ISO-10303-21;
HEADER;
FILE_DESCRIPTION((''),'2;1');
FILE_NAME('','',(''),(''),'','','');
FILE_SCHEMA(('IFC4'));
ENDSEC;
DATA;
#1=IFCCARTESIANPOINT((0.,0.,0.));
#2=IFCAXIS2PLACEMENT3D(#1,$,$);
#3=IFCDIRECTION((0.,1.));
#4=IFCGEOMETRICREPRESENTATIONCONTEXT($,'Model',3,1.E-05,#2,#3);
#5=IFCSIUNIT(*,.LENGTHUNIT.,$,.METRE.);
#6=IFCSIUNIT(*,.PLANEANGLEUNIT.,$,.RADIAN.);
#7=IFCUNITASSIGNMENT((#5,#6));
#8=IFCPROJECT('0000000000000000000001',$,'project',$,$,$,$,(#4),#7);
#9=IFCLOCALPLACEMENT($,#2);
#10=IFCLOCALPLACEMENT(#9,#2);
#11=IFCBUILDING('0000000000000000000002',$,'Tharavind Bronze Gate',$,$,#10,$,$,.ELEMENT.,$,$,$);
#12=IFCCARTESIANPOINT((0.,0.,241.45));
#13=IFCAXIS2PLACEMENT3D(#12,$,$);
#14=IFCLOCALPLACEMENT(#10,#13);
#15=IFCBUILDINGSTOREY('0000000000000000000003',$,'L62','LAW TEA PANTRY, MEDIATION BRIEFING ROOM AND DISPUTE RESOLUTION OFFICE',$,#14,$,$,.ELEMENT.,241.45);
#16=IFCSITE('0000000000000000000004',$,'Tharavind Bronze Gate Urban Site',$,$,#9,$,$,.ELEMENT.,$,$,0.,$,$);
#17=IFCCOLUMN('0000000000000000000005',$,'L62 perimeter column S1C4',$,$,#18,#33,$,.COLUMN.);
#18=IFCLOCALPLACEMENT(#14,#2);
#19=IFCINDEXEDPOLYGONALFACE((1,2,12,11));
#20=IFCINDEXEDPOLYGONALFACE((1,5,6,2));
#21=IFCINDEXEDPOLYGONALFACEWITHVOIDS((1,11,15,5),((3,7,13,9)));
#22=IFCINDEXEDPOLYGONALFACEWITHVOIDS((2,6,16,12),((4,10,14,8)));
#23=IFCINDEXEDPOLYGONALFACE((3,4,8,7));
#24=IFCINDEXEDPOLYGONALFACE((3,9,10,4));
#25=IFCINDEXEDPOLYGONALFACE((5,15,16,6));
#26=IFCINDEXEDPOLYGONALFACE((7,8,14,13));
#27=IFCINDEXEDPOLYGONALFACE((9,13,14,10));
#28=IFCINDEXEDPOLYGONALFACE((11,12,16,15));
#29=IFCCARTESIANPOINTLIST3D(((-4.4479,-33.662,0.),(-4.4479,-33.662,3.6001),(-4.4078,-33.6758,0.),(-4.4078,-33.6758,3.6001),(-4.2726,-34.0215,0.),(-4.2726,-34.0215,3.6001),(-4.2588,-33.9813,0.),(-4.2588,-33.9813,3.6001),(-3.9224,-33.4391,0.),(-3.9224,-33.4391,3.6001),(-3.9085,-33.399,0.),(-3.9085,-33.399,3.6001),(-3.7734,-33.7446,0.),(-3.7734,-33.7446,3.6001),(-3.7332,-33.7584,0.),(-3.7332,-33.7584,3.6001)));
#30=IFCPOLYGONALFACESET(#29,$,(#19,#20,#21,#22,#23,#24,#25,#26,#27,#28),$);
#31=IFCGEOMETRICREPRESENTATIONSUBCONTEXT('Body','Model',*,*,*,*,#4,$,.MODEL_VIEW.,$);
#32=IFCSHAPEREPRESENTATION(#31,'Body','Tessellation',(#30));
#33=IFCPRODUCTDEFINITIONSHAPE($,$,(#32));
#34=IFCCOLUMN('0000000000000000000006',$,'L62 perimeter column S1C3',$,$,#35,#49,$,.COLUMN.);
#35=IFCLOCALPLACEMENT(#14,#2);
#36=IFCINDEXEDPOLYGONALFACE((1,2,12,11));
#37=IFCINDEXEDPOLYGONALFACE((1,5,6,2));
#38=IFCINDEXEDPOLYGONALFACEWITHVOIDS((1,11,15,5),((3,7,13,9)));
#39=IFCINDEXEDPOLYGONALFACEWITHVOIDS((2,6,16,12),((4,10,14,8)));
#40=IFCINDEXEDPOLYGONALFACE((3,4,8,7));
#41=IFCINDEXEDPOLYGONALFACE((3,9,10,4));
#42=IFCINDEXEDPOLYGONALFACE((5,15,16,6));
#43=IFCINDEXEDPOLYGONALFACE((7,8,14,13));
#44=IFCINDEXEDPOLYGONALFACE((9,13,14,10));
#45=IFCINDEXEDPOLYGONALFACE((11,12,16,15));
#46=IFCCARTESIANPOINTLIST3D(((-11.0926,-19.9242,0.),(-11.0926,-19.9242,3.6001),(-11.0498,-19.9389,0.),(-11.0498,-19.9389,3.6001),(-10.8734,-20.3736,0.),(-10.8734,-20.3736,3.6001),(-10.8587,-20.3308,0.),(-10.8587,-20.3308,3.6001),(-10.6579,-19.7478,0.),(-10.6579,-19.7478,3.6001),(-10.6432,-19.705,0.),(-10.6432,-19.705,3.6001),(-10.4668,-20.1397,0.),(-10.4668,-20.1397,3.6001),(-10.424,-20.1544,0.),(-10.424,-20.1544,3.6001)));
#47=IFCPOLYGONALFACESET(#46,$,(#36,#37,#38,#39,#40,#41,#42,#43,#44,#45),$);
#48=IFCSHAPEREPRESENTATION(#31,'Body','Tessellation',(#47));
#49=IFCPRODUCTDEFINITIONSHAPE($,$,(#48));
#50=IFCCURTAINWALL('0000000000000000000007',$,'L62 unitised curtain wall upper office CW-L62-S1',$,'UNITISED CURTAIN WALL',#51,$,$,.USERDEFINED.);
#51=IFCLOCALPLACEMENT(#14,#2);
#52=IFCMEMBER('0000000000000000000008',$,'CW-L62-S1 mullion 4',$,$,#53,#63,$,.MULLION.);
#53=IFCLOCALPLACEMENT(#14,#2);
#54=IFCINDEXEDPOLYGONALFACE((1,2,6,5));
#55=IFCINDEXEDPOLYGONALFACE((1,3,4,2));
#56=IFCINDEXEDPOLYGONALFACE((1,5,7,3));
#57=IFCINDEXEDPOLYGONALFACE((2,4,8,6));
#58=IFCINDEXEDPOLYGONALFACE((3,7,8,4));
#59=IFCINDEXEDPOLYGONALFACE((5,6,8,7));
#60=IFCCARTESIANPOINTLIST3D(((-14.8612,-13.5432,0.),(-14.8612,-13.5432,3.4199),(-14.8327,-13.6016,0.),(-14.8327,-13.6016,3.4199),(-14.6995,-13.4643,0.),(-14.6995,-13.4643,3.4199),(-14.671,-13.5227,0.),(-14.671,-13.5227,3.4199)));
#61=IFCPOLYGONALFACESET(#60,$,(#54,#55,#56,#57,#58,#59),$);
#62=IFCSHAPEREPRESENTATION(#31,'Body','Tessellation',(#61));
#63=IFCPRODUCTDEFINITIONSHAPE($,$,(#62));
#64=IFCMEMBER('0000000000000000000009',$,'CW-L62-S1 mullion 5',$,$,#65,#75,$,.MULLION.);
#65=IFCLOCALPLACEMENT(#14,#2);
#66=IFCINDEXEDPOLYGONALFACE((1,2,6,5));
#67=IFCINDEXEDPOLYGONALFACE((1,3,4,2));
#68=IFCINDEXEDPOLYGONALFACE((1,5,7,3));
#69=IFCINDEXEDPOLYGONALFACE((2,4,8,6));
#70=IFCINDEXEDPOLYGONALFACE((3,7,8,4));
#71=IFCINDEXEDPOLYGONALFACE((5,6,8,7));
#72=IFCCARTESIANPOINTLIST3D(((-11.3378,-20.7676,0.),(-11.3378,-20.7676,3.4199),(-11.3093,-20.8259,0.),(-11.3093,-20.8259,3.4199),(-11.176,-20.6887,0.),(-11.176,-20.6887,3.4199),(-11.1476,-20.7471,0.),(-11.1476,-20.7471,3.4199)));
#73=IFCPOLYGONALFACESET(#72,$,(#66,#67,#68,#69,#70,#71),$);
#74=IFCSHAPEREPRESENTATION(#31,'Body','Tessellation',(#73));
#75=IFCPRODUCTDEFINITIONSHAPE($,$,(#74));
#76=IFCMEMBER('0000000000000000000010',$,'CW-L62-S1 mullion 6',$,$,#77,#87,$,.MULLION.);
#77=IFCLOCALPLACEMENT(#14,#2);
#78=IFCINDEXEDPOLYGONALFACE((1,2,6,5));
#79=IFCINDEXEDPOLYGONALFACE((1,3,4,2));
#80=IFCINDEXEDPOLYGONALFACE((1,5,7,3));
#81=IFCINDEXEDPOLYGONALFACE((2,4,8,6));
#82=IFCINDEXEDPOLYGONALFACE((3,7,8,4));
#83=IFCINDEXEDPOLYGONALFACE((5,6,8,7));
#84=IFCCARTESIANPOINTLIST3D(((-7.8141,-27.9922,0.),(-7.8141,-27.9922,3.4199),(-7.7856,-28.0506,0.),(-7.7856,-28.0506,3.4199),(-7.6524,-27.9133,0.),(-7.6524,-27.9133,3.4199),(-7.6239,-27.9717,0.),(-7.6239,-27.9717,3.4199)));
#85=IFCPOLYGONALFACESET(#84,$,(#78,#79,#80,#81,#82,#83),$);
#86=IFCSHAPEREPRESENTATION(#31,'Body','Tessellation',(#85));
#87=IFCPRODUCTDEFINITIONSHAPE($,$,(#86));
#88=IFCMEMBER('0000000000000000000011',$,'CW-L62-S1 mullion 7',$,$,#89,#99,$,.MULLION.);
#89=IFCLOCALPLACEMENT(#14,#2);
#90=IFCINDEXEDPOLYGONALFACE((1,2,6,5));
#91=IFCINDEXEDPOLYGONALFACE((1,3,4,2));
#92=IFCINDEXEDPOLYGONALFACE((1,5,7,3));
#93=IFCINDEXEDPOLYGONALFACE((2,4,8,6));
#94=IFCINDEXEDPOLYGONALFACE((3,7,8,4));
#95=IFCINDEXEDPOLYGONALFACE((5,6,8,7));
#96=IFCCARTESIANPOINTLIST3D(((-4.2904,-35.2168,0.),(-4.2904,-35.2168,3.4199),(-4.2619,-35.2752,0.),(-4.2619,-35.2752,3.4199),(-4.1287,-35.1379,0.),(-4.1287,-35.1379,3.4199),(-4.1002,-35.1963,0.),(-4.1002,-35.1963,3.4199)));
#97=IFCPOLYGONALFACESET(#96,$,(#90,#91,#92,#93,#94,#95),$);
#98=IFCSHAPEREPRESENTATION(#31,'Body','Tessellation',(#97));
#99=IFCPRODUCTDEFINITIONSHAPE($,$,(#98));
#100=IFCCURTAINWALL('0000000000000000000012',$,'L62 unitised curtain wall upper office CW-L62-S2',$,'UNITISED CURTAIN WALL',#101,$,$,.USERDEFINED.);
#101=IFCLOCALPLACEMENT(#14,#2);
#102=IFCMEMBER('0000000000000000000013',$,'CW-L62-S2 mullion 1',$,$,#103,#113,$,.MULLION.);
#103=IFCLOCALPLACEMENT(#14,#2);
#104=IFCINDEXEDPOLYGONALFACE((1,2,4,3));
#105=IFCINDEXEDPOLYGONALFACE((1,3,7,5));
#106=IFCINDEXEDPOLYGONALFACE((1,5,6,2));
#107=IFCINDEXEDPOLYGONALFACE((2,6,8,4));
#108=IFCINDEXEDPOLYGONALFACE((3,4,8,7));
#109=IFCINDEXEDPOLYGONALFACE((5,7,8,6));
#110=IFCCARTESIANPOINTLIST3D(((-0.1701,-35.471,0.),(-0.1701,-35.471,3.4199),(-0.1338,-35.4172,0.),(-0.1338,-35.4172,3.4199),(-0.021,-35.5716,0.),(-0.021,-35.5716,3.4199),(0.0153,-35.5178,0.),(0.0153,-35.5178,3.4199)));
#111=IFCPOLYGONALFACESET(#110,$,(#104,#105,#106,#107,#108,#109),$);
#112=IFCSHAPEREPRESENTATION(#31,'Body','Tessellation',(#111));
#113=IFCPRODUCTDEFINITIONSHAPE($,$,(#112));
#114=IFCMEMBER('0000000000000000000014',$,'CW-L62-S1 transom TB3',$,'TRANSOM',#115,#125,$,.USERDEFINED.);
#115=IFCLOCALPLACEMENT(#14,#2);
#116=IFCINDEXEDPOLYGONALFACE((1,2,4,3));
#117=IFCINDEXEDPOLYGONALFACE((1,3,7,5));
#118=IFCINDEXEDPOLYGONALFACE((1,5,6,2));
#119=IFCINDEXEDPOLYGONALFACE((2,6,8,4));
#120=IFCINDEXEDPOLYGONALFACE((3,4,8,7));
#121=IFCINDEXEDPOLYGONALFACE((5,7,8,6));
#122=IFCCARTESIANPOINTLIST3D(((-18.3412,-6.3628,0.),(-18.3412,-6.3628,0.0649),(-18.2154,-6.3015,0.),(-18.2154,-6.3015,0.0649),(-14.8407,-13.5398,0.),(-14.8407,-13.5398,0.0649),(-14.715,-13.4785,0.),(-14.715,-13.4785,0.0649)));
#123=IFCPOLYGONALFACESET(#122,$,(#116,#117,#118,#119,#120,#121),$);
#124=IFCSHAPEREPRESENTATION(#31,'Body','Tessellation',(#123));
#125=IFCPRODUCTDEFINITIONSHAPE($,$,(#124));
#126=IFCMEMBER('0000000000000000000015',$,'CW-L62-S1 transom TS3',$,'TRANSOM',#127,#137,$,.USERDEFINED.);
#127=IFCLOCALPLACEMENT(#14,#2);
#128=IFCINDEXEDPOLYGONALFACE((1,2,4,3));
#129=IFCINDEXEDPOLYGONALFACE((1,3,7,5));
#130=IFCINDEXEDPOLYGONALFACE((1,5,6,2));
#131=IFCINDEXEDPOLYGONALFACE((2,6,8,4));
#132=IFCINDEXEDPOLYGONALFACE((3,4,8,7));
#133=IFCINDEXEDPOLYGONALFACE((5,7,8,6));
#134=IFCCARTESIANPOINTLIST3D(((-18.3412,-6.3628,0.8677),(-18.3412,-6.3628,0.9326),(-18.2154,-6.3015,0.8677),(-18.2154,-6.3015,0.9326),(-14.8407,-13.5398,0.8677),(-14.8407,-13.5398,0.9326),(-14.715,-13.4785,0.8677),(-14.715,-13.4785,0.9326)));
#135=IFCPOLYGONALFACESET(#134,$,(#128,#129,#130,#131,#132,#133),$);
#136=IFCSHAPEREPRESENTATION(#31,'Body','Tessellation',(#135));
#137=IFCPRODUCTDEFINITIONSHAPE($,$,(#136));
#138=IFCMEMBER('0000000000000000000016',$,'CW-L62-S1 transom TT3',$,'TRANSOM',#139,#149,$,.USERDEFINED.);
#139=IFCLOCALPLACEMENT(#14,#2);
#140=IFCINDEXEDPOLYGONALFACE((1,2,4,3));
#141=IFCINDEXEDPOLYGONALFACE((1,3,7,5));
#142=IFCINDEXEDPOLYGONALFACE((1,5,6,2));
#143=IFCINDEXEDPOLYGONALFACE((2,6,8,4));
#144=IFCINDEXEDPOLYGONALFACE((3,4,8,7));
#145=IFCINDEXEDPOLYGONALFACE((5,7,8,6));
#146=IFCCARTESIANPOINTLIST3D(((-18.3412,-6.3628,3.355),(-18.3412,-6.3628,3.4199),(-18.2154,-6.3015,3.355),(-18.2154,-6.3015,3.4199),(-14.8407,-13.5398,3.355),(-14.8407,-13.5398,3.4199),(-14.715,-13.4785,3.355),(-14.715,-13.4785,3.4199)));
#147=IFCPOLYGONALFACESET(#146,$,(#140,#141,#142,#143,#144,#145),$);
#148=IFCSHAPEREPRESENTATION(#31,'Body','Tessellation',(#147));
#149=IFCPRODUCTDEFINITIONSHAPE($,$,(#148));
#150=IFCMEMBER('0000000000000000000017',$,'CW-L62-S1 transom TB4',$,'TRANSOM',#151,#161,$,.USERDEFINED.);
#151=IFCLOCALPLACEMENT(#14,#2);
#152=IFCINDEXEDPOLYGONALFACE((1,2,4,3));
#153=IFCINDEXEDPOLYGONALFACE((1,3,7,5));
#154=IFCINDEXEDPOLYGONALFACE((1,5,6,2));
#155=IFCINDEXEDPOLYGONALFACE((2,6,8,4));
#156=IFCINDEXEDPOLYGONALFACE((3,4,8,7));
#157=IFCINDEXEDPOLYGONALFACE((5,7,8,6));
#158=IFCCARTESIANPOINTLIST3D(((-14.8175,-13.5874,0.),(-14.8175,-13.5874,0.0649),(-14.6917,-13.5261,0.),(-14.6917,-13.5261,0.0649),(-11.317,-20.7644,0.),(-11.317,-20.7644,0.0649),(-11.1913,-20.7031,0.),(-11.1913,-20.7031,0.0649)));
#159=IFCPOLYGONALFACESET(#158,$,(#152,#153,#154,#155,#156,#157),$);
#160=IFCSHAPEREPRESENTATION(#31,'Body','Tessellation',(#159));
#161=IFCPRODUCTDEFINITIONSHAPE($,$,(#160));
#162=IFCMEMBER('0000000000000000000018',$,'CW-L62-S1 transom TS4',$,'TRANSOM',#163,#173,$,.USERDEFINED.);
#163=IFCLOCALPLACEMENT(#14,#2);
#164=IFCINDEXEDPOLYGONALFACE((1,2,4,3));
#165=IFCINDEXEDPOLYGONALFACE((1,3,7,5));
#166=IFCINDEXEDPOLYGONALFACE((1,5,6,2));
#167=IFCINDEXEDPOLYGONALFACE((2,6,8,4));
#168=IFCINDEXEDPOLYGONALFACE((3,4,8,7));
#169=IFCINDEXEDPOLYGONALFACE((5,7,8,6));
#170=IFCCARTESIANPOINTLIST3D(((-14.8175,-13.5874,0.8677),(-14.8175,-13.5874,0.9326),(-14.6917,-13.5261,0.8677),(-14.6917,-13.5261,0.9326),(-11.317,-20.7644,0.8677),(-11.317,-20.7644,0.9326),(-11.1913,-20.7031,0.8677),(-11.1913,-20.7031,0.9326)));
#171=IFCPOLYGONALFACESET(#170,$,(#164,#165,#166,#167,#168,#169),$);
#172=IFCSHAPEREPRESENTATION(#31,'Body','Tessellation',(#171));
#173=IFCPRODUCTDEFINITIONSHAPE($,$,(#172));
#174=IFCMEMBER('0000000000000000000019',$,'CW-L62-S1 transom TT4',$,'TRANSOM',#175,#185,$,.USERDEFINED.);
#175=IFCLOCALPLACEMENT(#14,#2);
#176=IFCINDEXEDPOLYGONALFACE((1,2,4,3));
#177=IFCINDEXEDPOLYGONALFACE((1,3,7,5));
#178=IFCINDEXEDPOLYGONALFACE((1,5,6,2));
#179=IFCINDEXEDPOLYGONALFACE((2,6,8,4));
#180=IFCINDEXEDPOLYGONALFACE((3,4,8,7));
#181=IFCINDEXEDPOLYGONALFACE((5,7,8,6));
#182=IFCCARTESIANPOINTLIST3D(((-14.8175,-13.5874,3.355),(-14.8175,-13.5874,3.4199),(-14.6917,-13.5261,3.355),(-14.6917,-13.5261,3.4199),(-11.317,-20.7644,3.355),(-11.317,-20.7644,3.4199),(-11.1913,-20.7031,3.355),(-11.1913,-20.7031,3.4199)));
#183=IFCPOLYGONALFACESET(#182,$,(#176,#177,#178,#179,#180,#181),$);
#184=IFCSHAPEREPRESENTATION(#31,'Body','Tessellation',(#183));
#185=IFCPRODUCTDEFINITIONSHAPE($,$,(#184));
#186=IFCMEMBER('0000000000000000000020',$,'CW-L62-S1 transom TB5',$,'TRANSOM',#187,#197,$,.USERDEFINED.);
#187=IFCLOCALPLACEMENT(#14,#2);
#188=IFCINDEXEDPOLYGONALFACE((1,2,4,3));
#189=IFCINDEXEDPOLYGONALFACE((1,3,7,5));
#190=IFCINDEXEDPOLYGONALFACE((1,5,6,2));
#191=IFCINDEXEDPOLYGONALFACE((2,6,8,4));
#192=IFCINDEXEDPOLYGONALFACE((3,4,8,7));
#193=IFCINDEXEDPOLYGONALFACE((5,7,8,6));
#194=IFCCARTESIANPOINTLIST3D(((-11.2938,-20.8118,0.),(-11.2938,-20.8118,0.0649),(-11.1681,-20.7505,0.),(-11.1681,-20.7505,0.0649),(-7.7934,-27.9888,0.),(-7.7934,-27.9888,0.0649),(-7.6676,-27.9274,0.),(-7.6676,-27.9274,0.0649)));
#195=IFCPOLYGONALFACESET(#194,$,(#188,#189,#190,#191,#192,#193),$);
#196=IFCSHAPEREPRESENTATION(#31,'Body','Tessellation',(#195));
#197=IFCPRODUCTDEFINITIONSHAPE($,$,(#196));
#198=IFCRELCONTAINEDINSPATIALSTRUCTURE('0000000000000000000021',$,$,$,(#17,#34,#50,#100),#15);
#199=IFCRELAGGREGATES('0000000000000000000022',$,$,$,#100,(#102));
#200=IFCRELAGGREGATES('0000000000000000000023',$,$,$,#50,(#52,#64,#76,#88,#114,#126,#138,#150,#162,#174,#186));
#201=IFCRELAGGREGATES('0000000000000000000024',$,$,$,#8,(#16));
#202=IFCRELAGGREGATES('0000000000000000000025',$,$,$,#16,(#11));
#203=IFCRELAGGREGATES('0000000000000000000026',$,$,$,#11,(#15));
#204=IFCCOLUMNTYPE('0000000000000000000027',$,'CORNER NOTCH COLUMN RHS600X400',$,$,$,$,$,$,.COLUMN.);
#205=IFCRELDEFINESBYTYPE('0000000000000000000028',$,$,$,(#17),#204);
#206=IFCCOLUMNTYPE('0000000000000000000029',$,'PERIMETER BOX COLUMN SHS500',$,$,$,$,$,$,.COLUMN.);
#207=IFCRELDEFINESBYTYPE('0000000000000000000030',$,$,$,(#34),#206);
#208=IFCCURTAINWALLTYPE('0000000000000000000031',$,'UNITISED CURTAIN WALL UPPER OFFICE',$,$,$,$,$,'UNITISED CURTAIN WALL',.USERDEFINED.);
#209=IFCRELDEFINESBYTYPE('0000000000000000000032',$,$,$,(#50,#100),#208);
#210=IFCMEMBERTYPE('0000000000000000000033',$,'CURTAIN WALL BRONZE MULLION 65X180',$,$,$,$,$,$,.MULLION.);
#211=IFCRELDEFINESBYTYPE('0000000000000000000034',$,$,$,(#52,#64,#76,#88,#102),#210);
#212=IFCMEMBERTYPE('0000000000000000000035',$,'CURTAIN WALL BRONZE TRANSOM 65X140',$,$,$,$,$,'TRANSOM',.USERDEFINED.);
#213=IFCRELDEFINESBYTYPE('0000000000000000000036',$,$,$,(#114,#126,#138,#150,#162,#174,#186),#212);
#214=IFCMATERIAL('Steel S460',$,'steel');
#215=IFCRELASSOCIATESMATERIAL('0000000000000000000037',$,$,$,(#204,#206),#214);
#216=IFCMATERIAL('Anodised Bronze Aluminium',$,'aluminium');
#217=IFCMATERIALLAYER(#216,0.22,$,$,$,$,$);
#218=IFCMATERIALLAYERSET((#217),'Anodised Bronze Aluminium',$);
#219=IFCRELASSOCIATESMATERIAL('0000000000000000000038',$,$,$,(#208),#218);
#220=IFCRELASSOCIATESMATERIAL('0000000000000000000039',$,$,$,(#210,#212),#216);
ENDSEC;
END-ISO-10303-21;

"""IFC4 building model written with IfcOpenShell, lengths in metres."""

from ifc_helpers import new_model, si_unit, direction, frame, origin, origin_2d, place, context, subcontext, project, spatial, rectangle, hollow_rectangle, extrude, material, layer, layer_set, material_profile, profile_set, type_object, element, aggregate, save


model = new_model("IFC4")

# Units and contexts
model_context = context("Model", 3, precision=1e-05, world=origin(), true_north=direction((0.0, 1.0)))
body_context = subcontext(model_context, "Body", "Model", "MODEL_VIEW")
ifc_project = project(units=[si_unit("LENGTHUNIT", "METRE"), si_unit("PLANEANGLEUNIT", "RADIAN")], contexts=[model_context])

# Site, building, storey
site_placement = place(None, origin())
site = spatial("IfcSite", under=ifc_project, at=site_placement, Name="Tharavind Bronze Gate Urban Site", CompositionType="ELEMENT", RefElevation=0.0)
building_placement = place(site_placement, origin())
building = spatial("IfcBuilding", under=site, at=building_placement, Name="Tharavind Bronze Gate", CompositionType="ELEMENT")
storey_placement = place(building_placement, frame((0.0, 0.0, 241.45)))
storey = spatial("IfcBuildingStorey", under=building, at=storey_placement, Name="L62", Description="LAW TEA PANTRY, MEDIATION BRIEFING ROOM AND DISPUTE RESOLUTION OFFICE", CompositionType="ELEMENT", Elevation=241.45)

# Columns
ifc_material_1 = material(Name="Steel S460", Category="steel")
ifc_material_profile_1 = material_profile(ifc_material_1, hollow_rectangle(XDim=0.3999, YDim=0.6001, WallThickness=0.03, at=origin_2d()), Name="RHS600X400X30")
ifc_profile_set_1 = profile_set([ifc_material_profile_1], Name="Steel S460")
column_type_1 = type_object("IfcColumnType", Name="CORNER NOTCH COLUMN RHS600X400", PredefinedType="COLUMN", material=ifc_profile_set_1)
column_1_placement = place(storey_placement, frame((-4.0906, -33.7102, 0.0), z_axis=(0.0, 0.0, 1.0), x_axis=(-0.438371, 0.898794, 0.0)))
element("IfcColumn", 1, at=column_1_placement, inside=storey, type_object=column_type_1, Name="L62 perimeter column S1C4", PredefinedType="COLUMN", context=body_context, shape_type="SweptSolid", body=[
    extrude(hollow_rectangle(XDim=0.3999, YDim=0.6001, WallThickness=0.03, at=origin_2d()), origin(), (0.0, 0.0, 1.0), 3.6001),
])
ifc_material_profile_2 = material_profile(ifc_material_1, hollow_rectangle(XDim=0.5, YDim=0.5, WallThickness=0.032, at=origin_2d()), Name="SHS500X32")
ifc_profile_set_2 = profile_set([ifc_material_profile_2], Name="Steel S460")
column_type_2 = type_object("IfcColumnType", Name="PERIMETER BOX COLUMN SHS500", PredefinedType="COLUMN", material=ifc_profile_set_2)
column_2_placement = place(storey_placement, frame((-10.7583, -20.0393, 0.0), z_axis=(0.0, 0.0, 1.0), x_axis=(-0.438371, 0.898794, 0.0)))
element("IfcColumn", 2, at=column_2_placement, inside=storey, type_object=column_type_2, Name="L62 perimeter column S1C3", PredefinedType="COLUMN", context=body_context, shape_type="SweptSolid", body=[
    extrude(hollow_rectangle(XDim=0.5, YDim=0.5, WallThickness=0.032, at=origin_2d()), origin(), (0.0, 0.0, 1.0), 3.6001),
])

# Curtain wall, members
ifc_material_2 = material(Name="Anodised Bronze Aluminium", Category="aluminium")
ifc_layer_1 = layer(ifc_material_2, 0.22)
ifc_layer_set_1 = layer_set([ifc_layer_1], Name="Anodised Bronze Aluminium")
curtain_wall_type = type_object("IfcCurtainWallType", Name="UNITISED CURTAIN WALL UPPER OFFICE", ElementType="UNITISED CURTAIN WALL", PredefinedType="USERDEFINED", material=ifc_layer_set_1)
curtain_wall_1_placement = place(storey_placement, origin())
curtain_wall_1 = element("IfcCurtainWall", 3, at=curtain_wall_1_placement, inside=storey, type_object=curtain_wall_type, Name="L62 unitised curtain wall upper office CW-L62-S1", ObjectType="UNITISED CURTAIN WALL", PredefinedType="USERDEFINED")
member_type_1 = type_object("IfcMemberType", Name="CURTAIN WALL BRONZE MULLION 65X180", PredefinedType="MULLION", material=ifc_material_2)
member_1_placement = place(storey_placement, frame((-14.7661, -13.533, 0.0), z_axis=(0.0, 0.0, 1.0), x_axis=(0.438371, -0.898794, 0.0)))
member_1 = element("IfcMember", 4, at=member_1_placement, type_object=member_type_1, Name="CW-L62-S1 mullion 4", PredefinedType="MULLION", context=body_context, shape_type="SweptSolid", body=[
    extrude(rectangle(XDim=0.0649, YDim=0.1799, at=origin_2d()), origin(), (0.0, 0.0, 1.0), 3.4199),
])
member_2_placement = place(storey_placement, frame((-11.2427, -20.7573, 0.0), z_axis=(0.0, 0.0, 1.0), x_axis=(0.438371, -0.898794, 0.0)))
member_2 = element("IfcMember", 5, at=member_2_placement, type_object=member_type_1, Name="CW-L62-S1 mullion 5", PredefinedType="MULLION", context=body_context, shape_type="SweptSolid", body=[
    extrude(rectangle(XDim=0.0649, YDim=0.1799, at=origin_2d()), origin(), (0.0, 0.0, 1.0), 3.4199),
])
member_3_placement = place(storey_placement, frame((-7.719, -27.9819, 0.0), z_axis=(0.0, 0.0, 1.0), x_axis=(0.438371, -0.898794, 0.0)))
member_3 = element("IfcMember", 6, at=member_3_placement, type_object=member_type_1, Name="CW-L62-S1 mullion 6", PredefinedType="MULLION", context=body_context, shape_type="SweptSolid", body=[
    extrude(rectangle(XDim=0.0649, YDim=0.1799, at=origin_2d()), origin(), (0.0, 0.0, 1.0), 3.4199),
])
member_4_placement = place(storey_placement, frame((-4.1953, -35.2065, 0.0), z_axis=(0.0, 0.0, 1.0), x_axis=(0.438371, -0.898794, 0.0)))
member_4 = element("IfcMember", 7, at=member_4_placement, type_object=member_type_1, Name="CW-L62-S1 mullion 7", PredefinedType="MULLION", context=body_context, shape_type="SweptSolid", body=[
    extrude(rectangle(XDim=0.0649, YDim=0.1799, at=origin_2d()), origin(), (0.0, 0.0, 1.0), 3.4199),
])

# Curtain wall, member
curtain_wall_2_placement = place(storey_placement, origin())
curtain_wall_2 = element("IfcCurtainWall", 8, at=curtain_wall_2_placement, inside=storey, type_object=curtain_wall_type, Name="L62 unitised curtain wall upper office CW-L62-S2", ObjectType="UNITISED CURTAIN WALL", PredefinedType="USERDEFINED")
member_5_placement = place(storey_placement, frame((-0.0774, -35.4944, 0.0), z_axis=(0.0, 0.0, 1.0), x_axis=(0.559193, 0.829038, 0.0)))
member_5 = element("IfcMember", 9, at=member_5_placement, type_object=member_type_1, Name="CW-L62-S2 mullion 1", PredefinedType="MULLION", context=body_context, shape_type="SweptSolid", body=[
    extrude(rectangle(XDim=0.0649, YDim=0.1799, at=origin_2d()), origin(), (0.0, 0.0, 1.0), 3.4199),
])
aggregate(curtain_wall_2, [member_5])

# Members
member_type_2 = type_object("IfcMemberType", Name="CURTAIN WALL BRONZE TRANSOM 65X140", ElementType="TRANSOM", PredefinedType="USERDEFINED", material=ifc_material_2)
member_6_placement = place(storey_placement, frame((-16.5281, -9.9207, 0.0), z_axis=(0.0, 0.0, 1.0), x_axis=(0.438371, -0.898794, 0.0)))
member_6 = element("IfcMember", 10, at=member_6_placement, type_object=member_type_2, Name="CW-L62-S1 transom TB3", ObjectType="TRANSOM", PredefinedType="USERDEFINED", context=body_context, shape_type="SweptSolid", body=[
    extrude(rectangle(XDim=7.9851, YDim=0.1399, at=origin_2d()), origin(), (0.0, 0.0, 1.0), 0.0649),
])
member_7_placement = place(storey_placement, frame((-16.5281, -9.9207, 0.8677), z_axis=(0.0, 0.0, 1.0), x_axis=(0.438371, -0.898794, 0.0)))
member_7 = element("IfcMember", 11, at=member_7_placement, type_object=member_type_2, Name="CW-L62-S1 transom TS3", ObjectType="TRANSOM", PredefinedType="USERDEFINED", context=body_context, shape_type="SweptSolid", body=[
    extrude(rectangle(XDim=7.9851, YDim=0.1399, at=origin_2d()), origin(), (0.0, 0.0, 1.0), 0.0649),
])
member_8_placement = place(storey_placement, frame((-16.5281, -9.9207, 3.355), z_axis=(0.0, 0.0, 1.0), x_axis=(0.438371, -0.898794, 0.0)))
member_8 = element("IfcMember", 12, at=member_8_placement, type_object=member_type_2, Name="CW-L62-S1 transom TT3", ObjectType="TRANSOM", PredefinedType="USERDEFINED", context=body_context, shape_type="SweptSolid", body=[
    extrude(rectangle(XDim=7.9851, YDim=0.1399, at=origin_2d()), origin(), (0.0, 0.0, 1.0), 0.0649),
])
member_9_placement = place(storey_placement, frame((-13.0044, -17.1453, 0.0), z_axis=(0.0, 0.0, 1.0), x_axis=(0.438371, -0.898794, 0.0)))
member_9 = element("IfcMember", 13, at=member_9_placement, type_object=member_type_2, Name="CW-L62-S1 transom TB4", ObjectType="TRANSOM", PredefinedType="USERDEFINED", context=body_context, shape_type="SweptSolid", body=[
    extrude(rectangle(XDim=7.9851, YDim=0.1399, at=origin_2d()), origin(), (0.0, 0.0, 1.0), 0.0649),
])
member_10_placement = place(storey_placement, frame((-13.0044, -17.1453, 0.8677), z_axis=(0.0, 0.0, 1.0), x_axis=(0.438371, -0.898794, 0.0)))
member_10 = element("IfcMember", 14, at=member_10_placement, type_object=member_type_2, Name="CW-L62-S1 transom TS4", ObjectType="TRANSOM", PredefinedType="USERDEFINED", context=body_context, shape_type="SweptSolid", body=[
    extrude(rectangle(XDim=7.9851, YDim=0.1399, at=origin_2d()), origin(), (0.0, 0.0, 1.0), 0.0649),
])
member_11_placement = place(storey_placement, frame((-13.0044, -17.1453, 3.355), z_axis=(0.0, 0.0, 1.0), x_axis=(0.438371, -0.898794, 0.0)))
member_11 = element("IfcMember", 15, at=member_11_placement, type_object=member_type_2, Name="CW-L62-S1 transom TT4", ObjectType="TRANSOM", PredefinedType="USERDEFINED", context=body_context, shape_type="SweptSolid", body=[
    extrude(rectangle(XDim=7.9851, YDim=0.1399, at=origin_2d()), origin(), (0.0, 0.0, 1.0), 0.0649),
])
member_12_placement = place(storey_placement, frame((-9.4807, -24.3696, 0.0), z_axis=(0.0, 0.0, 1.0), x_axis=(0.438371, -0.898794, 0.0)))
member_12 = element("IfcMember", 16, at=member_12_placement, type_object=member_type_2, Name="CW-L62-S1 transom TB5", ObjectType="TRANSOM", PredefinedType="USERDEFINED", context=body_context, shape_type="SweptSolid", body=[
    extrude(rectangle(XDim=7.9851, YDim=0.1399, at=origin_2d()), origin(), (0.0, 0.0, 1.0), 0.0649),
])

aggregate(curtain_wall_1, [member_1, member_2, member_3, member_4, member_6, member_7, member_8, member_9, member_10, member_11, member_12])

save(model, "model.ifc")
